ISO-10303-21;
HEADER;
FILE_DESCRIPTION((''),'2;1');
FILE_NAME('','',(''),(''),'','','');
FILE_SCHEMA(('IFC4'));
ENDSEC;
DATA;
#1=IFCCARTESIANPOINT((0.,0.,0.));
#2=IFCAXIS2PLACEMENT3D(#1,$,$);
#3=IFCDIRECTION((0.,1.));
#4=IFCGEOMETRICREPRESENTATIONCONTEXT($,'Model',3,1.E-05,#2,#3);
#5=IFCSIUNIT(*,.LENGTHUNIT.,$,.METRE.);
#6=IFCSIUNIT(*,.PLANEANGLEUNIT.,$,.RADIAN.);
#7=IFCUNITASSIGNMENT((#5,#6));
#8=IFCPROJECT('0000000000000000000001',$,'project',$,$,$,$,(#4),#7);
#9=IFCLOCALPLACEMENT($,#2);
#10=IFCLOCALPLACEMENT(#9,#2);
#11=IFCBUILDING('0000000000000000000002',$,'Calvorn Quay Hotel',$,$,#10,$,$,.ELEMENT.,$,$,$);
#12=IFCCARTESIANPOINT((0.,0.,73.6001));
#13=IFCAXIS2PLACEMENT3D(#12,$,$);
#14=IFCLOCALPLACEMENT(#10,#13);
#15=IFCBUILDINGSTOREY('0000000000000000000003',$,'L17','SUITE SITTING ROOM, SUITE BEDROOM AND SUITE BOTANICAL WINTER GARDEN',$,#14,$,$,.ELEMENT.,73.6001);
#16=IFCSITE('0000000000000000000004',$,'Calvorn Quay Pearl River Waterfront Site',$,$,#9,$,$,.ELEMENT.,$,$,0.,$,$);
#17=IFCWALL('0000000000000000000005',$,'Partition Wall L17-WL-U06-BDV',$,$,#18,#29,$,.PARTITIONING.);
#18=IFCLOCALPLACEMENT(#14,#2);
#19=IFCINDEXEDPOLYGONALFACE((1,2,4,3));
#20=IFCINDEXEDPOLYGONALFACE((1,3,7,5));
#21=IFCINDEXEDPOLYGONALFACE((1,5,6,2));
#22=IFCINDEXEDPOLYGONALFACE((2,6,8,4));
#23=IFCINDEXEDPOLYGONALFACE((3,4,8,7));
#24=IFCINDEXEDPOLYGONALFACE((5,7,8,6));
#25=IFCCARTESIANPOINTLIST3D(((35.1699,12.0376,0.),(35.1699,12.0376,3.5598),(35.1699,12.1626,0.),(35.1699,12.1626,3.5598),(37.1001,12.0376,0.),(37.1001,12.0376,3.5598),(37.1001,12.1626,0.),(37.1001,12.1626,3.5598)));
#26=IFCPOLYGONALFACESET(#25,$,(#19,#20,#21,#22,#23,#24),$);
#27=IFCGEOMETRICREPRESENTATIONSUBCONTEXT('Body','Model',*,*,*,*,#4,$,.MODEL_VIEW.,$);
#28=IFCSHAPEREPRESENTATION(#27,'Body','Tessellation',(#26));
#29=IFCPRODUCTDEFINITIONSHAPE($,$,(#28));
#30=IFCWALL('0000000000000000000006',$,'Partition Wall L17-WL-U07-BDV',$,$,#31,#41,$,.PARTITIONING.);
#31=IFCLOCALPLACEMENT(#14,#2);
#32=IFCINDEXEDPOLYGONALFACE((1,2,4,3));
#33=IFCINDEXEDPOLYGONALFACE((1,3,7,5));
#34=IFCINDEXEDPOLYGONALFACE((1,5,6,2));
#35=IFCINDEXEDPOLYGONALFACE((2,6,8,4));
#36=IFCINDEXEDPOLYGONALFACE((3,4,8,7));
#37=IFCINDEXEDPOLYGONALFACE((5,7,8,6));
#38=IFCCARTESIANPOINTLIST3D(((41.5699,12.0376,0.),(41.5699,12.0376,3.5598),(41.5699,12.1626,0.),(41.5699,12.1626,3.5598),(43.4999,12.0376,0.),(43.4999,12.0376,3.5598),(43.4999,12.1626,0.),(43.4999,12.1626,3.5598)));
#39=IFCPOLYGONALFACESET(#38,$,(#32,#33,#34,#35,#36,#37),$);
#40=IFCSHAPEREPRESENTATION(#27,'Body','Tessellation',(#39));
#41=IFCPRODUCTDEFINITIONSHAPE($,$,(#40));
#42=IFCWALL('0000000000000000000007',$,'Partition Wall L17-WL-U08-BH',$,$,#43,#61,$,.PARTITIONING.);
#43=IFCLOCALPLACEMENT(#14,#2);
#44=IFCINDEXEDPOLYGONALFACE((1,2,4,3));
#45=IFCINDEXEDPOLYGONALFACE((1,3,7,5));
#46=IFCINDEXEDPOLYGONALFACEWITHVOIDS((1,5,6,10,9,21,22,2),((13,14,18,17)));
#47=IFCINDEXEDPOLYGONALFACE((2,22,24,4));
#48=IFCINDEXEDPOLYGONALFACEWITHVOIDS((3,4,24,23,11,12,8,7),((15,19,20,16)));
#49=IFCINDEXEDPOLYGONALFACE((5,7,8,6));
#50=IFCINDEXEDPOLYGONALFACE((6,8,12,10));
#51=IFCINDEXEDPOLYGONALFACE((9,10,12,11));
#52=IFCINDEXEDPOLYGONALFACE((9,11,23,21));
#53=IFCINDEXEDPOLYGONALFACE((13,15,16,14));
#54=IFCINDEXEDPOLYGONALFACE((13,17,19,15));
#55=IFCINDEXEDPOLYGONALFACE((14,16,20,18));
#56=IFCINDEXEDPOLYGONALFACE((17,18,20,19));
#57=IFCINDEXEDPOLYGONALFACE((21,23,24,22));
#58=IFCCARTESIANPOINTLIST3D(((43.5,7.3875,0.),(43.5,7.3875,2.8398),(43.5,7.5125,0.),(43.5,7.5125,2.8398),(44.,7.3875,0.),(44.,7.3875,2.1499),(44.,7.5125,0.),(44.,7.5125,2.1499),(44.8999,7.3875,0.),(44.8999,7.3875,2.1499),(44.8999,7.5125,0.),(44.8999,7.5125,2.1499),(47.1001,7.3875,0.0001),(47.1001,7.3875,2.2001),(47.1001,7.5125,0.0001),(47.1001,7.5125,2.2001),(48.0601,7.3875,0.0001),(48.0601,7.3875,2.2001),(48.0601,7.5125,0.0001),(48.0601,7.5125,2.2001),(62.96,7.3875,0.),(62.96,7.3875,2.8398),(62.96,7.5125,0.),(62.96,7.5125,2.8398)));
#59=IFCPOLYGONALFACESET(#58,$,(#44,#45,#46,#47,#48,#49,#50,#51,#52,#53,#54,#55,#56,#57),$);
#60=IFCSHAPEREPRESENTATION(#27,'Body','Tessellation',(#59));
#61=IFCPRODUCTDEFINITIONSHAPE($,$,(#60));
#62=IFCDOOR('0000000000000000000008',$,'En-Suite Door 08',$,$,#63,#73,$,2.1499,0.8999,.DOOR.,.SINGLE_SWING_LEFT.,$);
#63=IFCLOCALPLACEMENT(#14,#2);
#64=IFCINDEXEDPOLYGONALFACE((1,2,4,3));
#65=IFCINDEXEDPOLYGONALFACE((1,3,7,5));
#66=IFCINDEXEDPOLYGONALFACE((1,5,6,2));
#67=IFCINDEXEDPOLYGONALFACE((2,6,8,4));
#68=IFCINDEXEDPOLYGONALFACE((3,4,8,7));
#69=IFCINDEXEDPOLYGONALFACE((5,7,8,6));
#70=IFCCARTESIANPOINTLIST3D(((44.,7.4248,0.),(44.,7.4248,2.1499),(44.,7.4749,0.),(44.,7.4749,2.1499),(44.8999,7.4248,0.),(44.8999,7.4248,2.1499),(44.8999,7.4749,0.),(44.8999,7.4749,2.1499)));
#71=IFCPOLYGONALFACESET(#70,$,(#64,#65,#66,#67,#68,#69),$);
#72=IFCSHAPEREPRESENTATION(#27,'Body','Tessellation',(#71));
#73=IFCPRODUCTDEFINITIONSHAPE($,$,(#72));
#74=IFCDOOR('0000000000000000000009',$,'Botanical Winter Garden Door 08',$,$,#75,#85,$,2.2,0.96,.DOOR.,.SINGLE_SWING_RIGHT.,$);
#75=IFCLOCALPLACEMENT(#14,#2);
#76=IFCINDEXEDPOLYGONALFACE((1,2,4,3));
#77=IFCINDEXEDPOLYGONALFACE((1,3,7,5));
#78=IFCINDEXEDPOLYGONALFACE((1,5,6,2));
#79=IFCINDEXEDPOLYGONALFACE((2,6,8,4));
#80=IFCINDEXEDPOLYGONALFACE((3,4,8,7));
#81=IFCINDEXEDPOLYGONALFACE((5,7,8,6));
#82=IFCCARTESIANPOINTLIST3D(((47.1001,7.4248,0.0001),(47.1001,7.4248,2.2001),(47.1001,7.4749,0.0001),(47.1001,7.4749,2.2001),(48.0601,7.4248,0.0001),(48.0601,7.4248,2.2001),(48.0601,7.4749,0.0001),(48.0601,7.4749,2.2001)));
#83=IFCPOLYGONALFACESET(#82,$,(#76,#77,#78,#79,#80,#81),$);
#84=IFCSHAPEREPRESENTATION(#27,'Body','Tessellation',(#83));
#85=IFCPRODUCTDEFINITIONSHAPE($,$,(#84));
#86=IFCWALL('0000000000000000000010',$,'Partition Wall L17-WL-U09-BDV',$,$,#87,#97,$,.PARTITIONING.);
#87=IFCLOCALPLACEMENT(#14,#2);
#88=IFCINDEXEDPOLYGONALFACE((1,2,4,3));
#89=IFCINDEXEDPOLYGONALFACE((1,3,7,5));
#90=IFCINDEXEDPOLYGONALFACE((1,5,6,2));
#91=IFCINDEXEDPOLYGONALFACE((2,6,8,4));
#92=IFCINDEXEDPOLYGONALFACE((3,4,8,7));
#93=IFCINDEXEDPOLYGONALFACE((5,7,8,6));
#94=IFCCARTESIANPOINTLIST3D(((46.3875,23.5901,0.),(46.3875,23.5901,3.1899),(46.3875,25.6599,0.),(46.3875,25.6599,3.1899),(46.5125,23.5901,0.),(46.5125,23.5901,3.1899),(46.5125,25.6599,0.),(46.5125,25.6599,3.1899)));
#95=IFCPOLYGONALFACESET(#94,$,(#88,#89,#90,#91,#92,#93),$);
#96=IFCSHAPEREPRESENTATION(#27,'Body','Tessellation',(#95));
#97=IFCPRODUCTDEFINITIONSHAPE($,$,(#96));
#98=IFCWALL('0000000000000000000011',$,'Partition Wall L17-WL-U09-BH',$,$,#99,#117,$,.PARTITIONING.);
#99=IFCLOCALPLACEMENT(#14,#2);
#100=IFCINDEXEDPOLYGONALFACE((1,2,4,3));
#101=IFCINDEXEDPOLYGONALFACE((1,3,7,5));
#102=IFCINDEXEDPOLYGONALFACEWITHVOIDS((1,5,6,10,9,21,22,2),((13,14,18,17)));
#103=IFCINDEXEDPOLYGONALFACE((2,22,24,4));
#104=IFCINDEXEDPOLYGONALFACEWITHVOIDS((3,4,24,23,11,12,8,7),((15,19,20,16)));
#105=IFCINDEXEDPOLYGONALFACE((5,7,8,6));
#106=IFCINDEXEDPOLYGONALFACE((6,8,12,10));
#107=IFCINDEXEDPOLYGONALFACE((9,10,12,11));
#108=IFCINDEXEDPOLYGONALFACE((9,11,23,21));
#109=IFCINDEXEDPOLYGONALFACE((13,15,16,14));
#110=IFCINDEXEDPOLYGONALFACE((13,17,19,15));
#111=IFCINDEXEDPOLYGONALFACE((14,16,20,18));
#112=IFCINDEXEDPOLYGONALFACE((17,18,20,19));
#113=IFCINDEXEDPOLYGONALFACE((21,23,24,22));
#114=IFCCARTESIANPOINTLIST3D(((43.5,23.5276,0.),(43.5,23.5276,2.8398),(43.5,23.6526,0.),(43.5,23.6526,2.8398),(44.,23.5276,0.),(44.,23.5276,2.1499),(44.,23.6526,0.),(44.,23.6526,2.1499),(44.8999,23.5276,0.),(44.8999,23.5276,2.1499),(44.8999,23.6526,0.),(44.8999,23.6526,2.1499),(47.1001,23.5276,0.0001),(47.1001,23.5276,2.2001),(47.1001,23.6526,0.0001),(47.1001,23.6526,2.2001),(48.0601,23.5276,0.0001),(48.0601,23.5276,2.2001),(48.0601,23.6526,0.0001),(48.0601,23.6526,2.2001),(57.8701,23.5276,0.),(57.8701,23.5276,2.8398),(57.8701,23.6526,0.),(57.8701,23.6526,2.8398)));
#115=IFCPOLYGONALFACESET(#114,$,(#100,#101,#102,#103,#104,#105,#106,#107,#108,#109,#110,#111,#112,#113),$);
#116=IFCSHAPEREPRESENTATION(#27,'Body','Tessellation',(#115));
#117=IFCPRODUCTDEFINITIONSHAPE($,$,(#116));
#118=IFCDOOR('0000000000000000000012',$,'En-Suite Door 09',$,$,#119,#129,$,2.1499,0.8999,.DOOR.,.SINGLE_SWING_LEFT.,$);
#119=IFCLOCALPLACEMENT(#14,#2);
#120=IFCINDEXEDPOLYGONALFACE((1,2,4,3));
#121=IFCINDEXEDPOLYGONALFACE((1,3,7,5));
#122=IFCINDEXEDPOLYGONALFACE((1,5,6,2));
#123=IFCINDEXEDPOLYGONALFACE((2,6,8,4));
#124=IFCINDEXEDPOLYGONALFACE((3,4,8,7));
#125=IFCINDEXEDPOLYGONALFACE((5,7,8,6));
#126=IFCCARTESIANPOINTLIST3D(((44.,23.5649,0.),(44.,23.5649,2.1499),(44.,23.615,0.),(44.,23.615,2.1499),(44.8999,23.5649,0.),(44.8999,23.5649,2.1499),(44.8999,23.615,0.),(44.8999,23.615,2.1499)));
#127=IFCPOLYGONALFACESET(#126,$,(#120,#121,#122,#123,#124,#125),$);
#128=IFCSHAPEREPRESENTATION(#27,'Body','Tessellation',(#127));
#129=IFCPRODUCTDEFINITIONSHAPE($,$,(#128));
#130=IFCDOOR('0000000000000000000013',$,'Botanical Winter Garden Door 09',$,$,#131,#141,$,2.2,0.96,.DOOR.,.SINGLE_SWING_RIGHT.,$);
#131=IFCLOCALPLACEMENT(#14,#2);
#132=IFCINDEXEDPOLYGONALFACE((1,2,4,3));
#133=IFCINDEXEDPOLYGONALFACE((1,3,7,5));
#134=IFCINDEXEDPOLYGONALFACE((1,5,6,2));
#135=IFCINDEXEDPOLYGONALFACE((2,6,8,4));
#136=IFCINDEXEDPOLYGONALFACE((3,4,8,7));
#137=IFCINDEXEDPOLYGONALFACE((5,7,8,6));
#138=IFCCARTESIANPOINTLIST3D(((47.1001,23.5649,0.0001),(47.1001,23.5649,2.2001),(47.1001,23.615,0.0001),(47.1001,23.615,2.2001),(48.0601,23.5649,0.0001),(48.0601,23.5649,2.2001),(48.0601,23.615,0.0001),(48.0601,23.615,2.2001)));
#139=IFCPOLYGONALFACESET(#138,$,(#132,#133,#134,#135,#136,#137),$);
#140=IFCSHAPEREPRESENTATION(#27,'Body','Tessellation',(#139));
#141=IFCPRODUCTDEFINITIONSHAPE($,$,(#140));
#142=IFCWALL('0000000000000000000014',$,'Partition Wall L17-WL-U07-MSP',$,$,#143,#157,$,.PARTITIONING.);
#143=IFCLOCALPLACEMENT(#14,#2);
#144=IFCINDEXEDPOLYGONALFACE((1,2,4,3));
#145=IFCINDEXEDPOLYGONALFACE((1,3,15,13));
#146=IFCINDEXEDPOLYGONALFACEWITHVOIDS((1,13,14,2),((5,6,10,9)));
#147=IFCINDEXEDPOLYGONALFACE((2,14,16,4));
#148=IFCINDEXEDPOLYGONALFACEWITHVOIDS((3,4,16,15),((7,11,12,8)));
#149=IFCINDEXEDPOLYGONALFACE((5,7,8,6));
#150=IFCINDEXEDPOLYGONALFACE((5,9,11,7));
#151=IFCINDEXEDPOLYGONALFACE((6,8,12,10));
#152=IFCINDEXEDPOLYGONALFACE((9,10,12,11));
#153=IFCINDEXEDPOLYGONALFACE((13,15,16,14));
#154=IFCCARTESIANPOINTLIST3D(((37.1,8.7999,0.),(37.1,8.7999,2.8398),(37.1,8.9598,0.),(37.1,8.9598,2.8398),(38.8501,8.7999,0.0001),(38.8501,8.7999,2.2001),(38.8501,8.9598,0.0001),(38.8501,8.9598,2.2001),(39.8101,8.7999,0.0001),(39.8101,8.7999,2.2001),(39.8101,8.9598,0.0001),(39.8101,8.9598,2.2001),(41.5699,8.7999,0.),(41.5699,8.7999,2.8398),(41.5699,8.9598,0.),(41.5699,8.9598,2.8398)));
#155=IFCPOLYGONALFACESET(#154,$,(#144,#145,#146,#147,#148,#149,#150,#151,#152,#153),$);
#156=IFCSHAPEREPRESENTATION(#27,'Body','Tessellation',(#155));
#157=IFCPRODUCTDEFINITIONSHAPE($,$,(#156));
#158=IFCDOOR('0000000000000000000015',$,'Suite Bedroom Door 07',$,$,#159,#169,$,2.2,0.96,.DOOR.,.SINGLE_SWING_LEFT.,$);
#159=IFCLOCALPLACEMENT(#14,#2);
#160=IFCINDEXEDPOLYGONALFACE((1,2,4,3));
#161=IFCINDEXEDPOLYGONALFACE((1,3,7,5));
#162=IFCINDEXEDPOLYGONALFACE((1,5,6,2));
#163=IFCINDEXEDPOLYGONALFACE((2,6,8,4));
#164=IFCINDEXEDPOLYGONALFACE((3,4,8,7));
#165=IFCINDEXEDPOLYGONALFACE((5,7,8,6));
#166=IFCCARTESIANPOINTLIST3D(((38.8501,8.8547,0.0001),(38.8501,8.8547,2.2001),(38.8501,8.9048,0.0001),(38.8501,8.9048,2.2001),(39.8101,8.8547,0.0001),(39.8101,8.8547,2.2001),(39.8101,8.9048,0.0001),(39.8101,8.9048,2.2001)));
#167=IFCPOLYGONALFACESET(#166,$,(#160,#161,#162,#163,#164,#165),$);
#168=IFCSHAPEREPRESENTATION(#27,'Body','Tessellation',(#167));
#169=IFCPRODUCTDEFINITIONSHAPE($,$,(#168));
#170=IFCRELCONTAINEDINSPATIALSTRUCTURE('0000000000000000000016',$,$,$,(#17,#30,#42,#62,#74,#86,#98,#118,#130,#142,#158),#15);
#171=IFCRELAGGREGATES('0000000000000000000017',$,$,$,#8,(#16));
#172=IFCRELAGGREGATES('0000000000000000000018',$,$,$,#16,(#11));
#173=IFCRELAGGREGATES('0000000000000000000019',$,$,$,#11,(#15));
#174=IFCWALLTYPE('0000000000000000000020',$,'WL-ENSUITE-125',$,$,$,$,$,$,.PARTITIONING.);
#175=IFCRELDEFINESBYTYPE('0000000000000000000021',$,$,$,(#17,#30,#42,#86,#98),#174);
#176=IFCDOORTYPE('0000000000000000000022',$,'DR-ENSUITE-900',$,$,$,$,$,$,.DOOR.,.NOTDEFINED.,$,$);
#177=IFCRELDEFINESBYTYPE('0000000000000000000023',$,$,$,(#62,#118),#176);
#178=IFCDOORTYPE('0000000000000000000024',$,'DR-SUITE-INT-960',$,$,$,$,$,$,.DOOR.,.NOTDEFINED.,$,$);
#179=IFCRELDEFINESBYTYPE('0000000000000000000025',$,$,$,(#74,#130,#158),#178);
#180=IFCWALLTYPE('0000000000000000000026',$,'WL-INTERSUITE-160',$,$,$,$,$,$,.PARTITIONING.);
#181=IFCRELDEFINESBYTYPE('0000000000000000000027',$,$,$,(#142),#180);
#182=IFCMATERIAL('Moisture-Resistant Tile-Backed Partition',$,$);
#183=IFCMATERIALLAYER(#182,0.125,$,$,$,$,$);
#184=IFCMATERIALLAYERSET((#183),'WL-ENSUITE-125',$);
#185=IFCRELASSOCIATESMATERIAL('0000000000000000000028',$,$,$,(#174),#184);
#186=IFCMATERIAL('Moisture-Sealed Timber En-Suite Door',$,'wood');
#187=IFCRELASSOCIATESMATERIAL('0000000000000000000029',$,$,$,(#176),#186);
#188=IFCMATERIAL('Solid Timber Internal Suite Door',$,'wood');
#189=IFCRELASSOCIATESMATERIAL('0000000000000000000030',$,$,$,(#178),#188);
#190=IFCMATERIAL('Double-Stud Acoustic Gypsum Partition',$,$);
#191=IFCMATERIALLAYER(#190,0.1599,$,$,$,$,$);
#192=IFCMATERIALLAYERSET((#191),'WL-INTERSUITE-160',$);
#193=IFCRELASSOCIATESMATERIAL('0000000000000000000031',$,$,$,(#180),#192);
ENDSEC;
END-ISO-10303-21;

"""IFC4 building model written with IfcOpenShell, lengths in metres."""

from ifc_helpers import new_model, si_unit, direction, frame, frame_2d, origin, place, context, subcontext, project, spatial, rectangle, extrude, material, layer, layer_set, type_object, element, fill, save


model = new_model("IFC4")

# Units and contexts
model_context = context("Model", 3, precision=1e-05, world=origin(), true_north=direction((0.0, 1.0)))
body_context = subcontext(model_context, "Body", "Model", "MODEL_VIEW")
ifc_project = project(units=[si_unit("LENGTHUNIT", "METRE"), si_unit("PLANEANGLEUNIT", "RADIAN")], contexts=[model_context])

# Site, building, storey
site_placement = place(None, origin())
site = spatial("IfcSite", under=ifc_project, at=site_placement, Name="Calvorn Quay Pearl River Waterfront Site", CompositionType="ELEMENT", RefElevation=0.0)
building_placement = place(site_placement, origin())
building = spatial("IfcBuilding", under=site, at=building_placement, Name="Calvorn Quay Hotel", CompositionType="ELEMENT")
storey_placement = place(building_placement, frame((0.0, 0.0, 73.6001)))
storey = spatial("IfcBuildingStorey", under=building, at=storey_placement, Name="L17", Description="SUITE SITTING ROOM, SUITE BEDROOM AND SUITE BOTANICAL WINTER GARDEN", CompositionType="ELEMENT", Elevation=73.6001)

# Walls
ifc_material_1 = material(Name="Moisture-Resistant Tile-Backed Partition")
ifc_layer_1 = layer(ifc_material_1, 0.125)
ifc_layer_set_1 = layer_set([ifc_layer_1], Name="WL-ENSUITE-125")
wall_type_1 = type_object("IfcWallType", Name="WL-ENSUITE-125", PredefinedType="PARTITIONING", material=ifc_layer_set_1)
wall_1_placement = place(storey_placement, frame((35.1699, 12.1001, 0.0), z_axis=(0.0, 0.0, 1.0), x_axis=(1.0, 0.0, 0.0)))
element("IfcWall", 1, at=wall_1_placement, inside=storey, type_object=wall_type_1, Name="Partition Wall L17-WL-U06-BDV", PredefinedType="PARTITIONING", context=body_context, shape_type="SweptSolid", body=[
    extrude(rectangle(XDim=1.9302, YDim=0.125, at=frame_2d((0.9651, 0.0))), origin(), (0.0, 0.0, 1.0), 3.5598),
])
wall_2_placement = place(storey_placement, frame((41.5701, 12.1001, 0.0), z_axis=(0.0, 0.0, 1.0), x_axis=(1.0, 0.0, 0.0)))
element("IfcWall", 2, at=wall_2_placement, inside=storey, type_object=wall_type_1, Name="Partition Wall L17-WL-U07-BDV", PredefinedType="PARTITIONING", context=body_context, shape_type="SweptSolid", body=[
    extrude(rectangle(XDim=1.9299, YDim=0.125, at=frame_2d((0.9648, 0.0))), origin(), (0.0, 0.0, 1.0), 3.5598),
])

# Wall, openings, doors
wall_3_placement = place(storey_placement, frame((43.5, 7.45, 0.0), z_axis=(0.0, 0.0, 1.0), x_axis=(1.0, 0.0, 0.0)))
wall_3 = element("IfcWall", 3, at=wall_3_placement, inside=storey, type_object=wall_type_1, Name="Partition Wall L17-WL-U08-BH", PredefinedType="PARTITIONING", context=body_context, shape_type="SweptSolid", body=[
    extrude(rectangle(XDim=19.46, YDim=0.125, at=frame_2d((9.73, 0.0))), origin(), (0.0, 0.0, 1.0), 2.8398),
])
opening_1_placement = place(wall_3_placement, frame((0.5, 0.0, 0.0)))
opening_1 = element("IfcOpeningElement", 4, at=opening_1_placement, cuts=wall_3, PredefinedType="OPENING", context=body_context, shape_type="SweptSolid", body=[
    extrude(rectangle(XDim=0.8999, YDim=2.1499, at=frame_2d((0.45, 1.075))), frame((0.0, 0.0725, 0.0), z_axis=(0.0, -1.0, 0.0), x_axis=(1.0, 0.0, 0.0)), (0.0, 0.0, 1.0), 0.145),
])
opening_2_placement = place(wall_3_placement, frame((3.6001, 0.0, 0.0)))
opening_2 = element("IfcOpeningElement", 5, at=opening_2_placement, cuts=wall_3, PredefinedType="OPENING", context=body_context, shape_type="SweptSolid", body=[
    extrude(rectangle(XDim=0.96, YDim=2.2, at=frame_2d((0.48, 1.1001))), frame((0.0, 0.0725, 0.0), z_axis=(0.0, -1.0, 0.0), x_axis=(1.0, 0.0, 0.0)), (0.0, 0.0, 1.0), 0.145),
])
ifc_material_2 = material(Name="Moisture-Sealed Timber En-Suite Door", Category="wood")
door_type_1 = type_object("IfcDoorType", Name="DR-ENSUITE-900", OperationType="NOTDEFINED", PredefinedType="DOOR", material=ifc_material_2)
door_1_placement = place(opening_1_placement, origin())
door_1 = element("IfcDoor", 6, at=door_1_placement, inside=storey, type_object=door_type_1, Name="En-Suite Door 08", OperationType="SINGLE_SWING_LEFT", OverallHeight=2.1499, OverallWidth=0.8999, PredefinedType="DOOR", context=body_context, shape_type="SweptSolid", body=[
    extrude(rectangle(XDim=0.8999, YDim=2.1499, at=frame_2d((0.45, 1.075))), frame((0.0, 0.0249, 0.0), z_axis=(0.0, -1.0, 0.0), x_axis=(1.0, 0.0, 0.0)), (0.0, 0.0, 1.0), 0.05),
])
fill(opening_1, door_1)
ifc_material_3 = material(Name="Solid Timber Internal Suite Door", Category="wood")
door_type_2 = type_object("IfcDoorType", Name="DR-SUITE-INT-960", OperationType="NOTDEFINED", PredefinedType="DOOR", material=ifc_material_3)
door_2_placement = place(opening_2_placement, origin())
door_2 = element("IfcDoor", 7, at=door_2_placement, inside=storey, type_object=door_type_2, Name="Botanical Winter Garden Door 08", OperationType="SINGLE_SWING_RIGHT", OverallHeight=2.2, OverallWidth=0.96, PredefinedType="DOOR", context=body_context, shape_type="SweptSolid", body=[
    extrude(rectangle(XDim=0.96, YDim=2.2, at=frame_2d((0.48, 1.1001))), frame((0.0, 0.0249, 0.0), z_axis=(0.0, -1.0, 0.0), x_axis=(1.0, 0.0, 0.0)), (0.0, 0.0, 1.0), 0.05),
])
fill(opening_2, door_2)

# Wall
wall_4_placement = place(storey_placement, frame((46.45, 23.5901, 0.0), z_axis=(0.0, 0.0, 1.0), x_axis=(0.0, 1.0, 0.0)))
element("IfcWall", 8, at=wall_4_placement, inside=storey, type_object=wall_type_1, Name="Partition Wall L17-WL-U09-BDV", PredefinedType="PARTITIONING", context=body_context, shape_type="SweptSolid", body=[
    extrude(rectangle(XDim=2.0698, YDim=0.125, at=frame_2d((1.0349, 0.0))), origin(), (0.0, 0.0, 1.0), 3.1899),
])

# Wall, openings, doors
wall_5_placement = place(storey_placement, frame((43.5, 23.5901, 0.0), z_axis=(0.0, 0.0, 1.0), x_axis=(1.0, 0.0, 0.0)))
wall_5 = element("IfcWall", 9, at=wall_5_placement, inside=storey, type_object=wall_type_1, Name="Partition Wall L17-WL-U09-BH", PredefinedType="PARTITIONING", context=body_context, shape_type="SweptSolid", body=[
    extrude(rectangle(XDim=14.3701, YDim=0.125, at=frame_2d((7.1851, 0.0))), origin(), (0.0, 0.0, 1.0), 2.8398),
])
opening_3_placement = place(wall_5_placement, frame((0.5, 0.0, 0.0)))
opening_3 = element("IfcOpeningElement", 10, at=opening_3_placement, cuts=wall_5, PredefinedType="OPENING", context=body_context, shape_type="SweptSolid", body=[
    extrude(rectangle(XDim=0.8999, YDim=2.1499, at=frame_2d((0.45, 1.075))), frame((0.0, 0.0725, 0.0), z_axis=(0.0, -1.0, 0.0), x_axis=(1.0, 0.0, 0.0)), (0.0, 0.0, 1.0), 0.145),
])
opening_4_placement = place(wall_5_placement, frame((3.6001, 0.0, 0.0)))
opening_4 = element("IfcOpeningElement", 11, at=opening_4_placement, cuts=wall_5, PredefinedType="OPENING", context=body_context, shape_type="SweptSolid", body=[
    extrude(rectangle(XDim=0.96, YDim=2.2, at=frame_2d((0.48, 1.1001))), frame((0.0, 0.0725, 0.0), z_axis=(0.0, -1.0, 0.0), x_axis=(1.0, 0.0, 0.0)), (0.0, 0.0, 1.0), 0.145),
])
door_3_placement = place(opening_3_placement, origin())
door_3 = element("IfcDoor", 12, at=door_3_placement, inside=storey, type_object=door_type_1, Name="En-Suite Door 09", OperationType="SINGLE_SWING_LEFT", OverallHeight=2.1499, OverallWidth=0.8999, PredefinedType="DOOR", context=body_context, shape_type="SweptSolid", body=[
    extrude(rectangle(XDim=0.8999, YDim=2.1499, at=frame_2d((0.45, 1.075))), frame((0.0, 0.0249, 0.0), z_axis=(0.0, -1.0, 0.0), x_axis=(1.0, 0.0, 0.0)), (0.0, 0.0, 1.0), 0.05),
])
fill(opening_3, door_3)
door_4_placement = place(opening_4_placement, origin())
door_4 = element("IfcDoor", 13, at=door_4_placement, inside=storey, type_object=door_type_2, Name="Botanical Winter Garden Door 09", OperationType="SINGLE_SWING_RIGHT", OverallHeight=2.2, OverallWidth=0.96, PredefinedType="DOOR", context=body_context, shape_type="SweptSolid", body=[
    extrude(rectangle(XDim=0.96, YDim=2.2, at=frame_2d((0.48, 1.1001))), frame((0.0, 0.0249, 0.0), z_axis=(0.0, -1.0, 0.0), x_axis=(1.0, 0.0, 0.0)), (0.0, 0.0, 1.0), 0.05),
])
fill(opening_4, door_4)

# Wall, opening, door
ifc_material_4 = material(Name="Double-Stud Acoustic Gypsum Partition")
ifc_layer_2 = layer(ifc_material_4, 0.1599)
ifc_layer_set_2 = layer_set([ifc_layer_2], Name="WL-INTERSUITE-160")
wall_type_2 = type_object("IfcWallType", Name="WL-INTERSUITE-160", PredefinedType="PARTITIONING", material=ifc_layer_set_2)
wall_6_placement = place(storey_placement, frame((37.1001, 8.8799, 0.0), z_axis=(0.0, 0.0, 1.0), x_axis=(1.0, 0.0, 0.0)))
wall_6 = element("IfcWall", 14, at=wall_6_placement, inside=storey, type_object=wall_type_2, Name="Partition Wall L17-WL-U07-MSP", PredefinedType="PARTITIONING", context=body_context, shape_type="SweptSolid", body=[
    extrude(rectangle(XDim=4.47, YDim=0.1599, at=frame_2d((2.2349, 0.0))), origin(), (0.0, 0.0, 1.0), 2.8398),
])
opening_5_placement = place(wall_6_placement, frame((1.75, 0.0, 0.0)))
opening_5 = element("IfcOpeningElement", 15, at=opening_5_placement, cuts=wall_6, PredefinedType="OPENING", context=body_context, shape_type="SweptSolid", body=[
    extrude(rectangle(XDim=0.96, YDim=2.2, at=frame_2d((0.48, 1.1001))), frame((0.0, 0.0898, 0.0), z_axis=(0.0, -1.0, 0.0), x_axis=(1.0, 0.0, 0.0)), (0.0, 0.0, 1.0), 0.1799),
])
door_5_placement = place(opening_5_placement, origin())
door_5 = element("IfcDoor", 16, at=door_5_placement, inside=storey, type_object=door_type_2, Name="Suite Bedroom Door 07", OperationType="SINGLE_SWING_LEFT", OverallHeight=2.2, OverallWidth=0.96, PredefinedType="DOOR", context=body_context, shape_type="SweptSolid", body=[
    extrude(rectangle(XDim=0.96, YDim=2.2, at=frame_2d((0.48, 1.1001))), frame((0.0, 0.0249, 0.0), z_axis=(0.0, -1.0, 0.0), x_axis=(1.0, 0.0, 0.0)), (0.0, 0.0, 1.0), 0.05),
])
fill(opening_5, door_5)

save(model, "model.ifc")
